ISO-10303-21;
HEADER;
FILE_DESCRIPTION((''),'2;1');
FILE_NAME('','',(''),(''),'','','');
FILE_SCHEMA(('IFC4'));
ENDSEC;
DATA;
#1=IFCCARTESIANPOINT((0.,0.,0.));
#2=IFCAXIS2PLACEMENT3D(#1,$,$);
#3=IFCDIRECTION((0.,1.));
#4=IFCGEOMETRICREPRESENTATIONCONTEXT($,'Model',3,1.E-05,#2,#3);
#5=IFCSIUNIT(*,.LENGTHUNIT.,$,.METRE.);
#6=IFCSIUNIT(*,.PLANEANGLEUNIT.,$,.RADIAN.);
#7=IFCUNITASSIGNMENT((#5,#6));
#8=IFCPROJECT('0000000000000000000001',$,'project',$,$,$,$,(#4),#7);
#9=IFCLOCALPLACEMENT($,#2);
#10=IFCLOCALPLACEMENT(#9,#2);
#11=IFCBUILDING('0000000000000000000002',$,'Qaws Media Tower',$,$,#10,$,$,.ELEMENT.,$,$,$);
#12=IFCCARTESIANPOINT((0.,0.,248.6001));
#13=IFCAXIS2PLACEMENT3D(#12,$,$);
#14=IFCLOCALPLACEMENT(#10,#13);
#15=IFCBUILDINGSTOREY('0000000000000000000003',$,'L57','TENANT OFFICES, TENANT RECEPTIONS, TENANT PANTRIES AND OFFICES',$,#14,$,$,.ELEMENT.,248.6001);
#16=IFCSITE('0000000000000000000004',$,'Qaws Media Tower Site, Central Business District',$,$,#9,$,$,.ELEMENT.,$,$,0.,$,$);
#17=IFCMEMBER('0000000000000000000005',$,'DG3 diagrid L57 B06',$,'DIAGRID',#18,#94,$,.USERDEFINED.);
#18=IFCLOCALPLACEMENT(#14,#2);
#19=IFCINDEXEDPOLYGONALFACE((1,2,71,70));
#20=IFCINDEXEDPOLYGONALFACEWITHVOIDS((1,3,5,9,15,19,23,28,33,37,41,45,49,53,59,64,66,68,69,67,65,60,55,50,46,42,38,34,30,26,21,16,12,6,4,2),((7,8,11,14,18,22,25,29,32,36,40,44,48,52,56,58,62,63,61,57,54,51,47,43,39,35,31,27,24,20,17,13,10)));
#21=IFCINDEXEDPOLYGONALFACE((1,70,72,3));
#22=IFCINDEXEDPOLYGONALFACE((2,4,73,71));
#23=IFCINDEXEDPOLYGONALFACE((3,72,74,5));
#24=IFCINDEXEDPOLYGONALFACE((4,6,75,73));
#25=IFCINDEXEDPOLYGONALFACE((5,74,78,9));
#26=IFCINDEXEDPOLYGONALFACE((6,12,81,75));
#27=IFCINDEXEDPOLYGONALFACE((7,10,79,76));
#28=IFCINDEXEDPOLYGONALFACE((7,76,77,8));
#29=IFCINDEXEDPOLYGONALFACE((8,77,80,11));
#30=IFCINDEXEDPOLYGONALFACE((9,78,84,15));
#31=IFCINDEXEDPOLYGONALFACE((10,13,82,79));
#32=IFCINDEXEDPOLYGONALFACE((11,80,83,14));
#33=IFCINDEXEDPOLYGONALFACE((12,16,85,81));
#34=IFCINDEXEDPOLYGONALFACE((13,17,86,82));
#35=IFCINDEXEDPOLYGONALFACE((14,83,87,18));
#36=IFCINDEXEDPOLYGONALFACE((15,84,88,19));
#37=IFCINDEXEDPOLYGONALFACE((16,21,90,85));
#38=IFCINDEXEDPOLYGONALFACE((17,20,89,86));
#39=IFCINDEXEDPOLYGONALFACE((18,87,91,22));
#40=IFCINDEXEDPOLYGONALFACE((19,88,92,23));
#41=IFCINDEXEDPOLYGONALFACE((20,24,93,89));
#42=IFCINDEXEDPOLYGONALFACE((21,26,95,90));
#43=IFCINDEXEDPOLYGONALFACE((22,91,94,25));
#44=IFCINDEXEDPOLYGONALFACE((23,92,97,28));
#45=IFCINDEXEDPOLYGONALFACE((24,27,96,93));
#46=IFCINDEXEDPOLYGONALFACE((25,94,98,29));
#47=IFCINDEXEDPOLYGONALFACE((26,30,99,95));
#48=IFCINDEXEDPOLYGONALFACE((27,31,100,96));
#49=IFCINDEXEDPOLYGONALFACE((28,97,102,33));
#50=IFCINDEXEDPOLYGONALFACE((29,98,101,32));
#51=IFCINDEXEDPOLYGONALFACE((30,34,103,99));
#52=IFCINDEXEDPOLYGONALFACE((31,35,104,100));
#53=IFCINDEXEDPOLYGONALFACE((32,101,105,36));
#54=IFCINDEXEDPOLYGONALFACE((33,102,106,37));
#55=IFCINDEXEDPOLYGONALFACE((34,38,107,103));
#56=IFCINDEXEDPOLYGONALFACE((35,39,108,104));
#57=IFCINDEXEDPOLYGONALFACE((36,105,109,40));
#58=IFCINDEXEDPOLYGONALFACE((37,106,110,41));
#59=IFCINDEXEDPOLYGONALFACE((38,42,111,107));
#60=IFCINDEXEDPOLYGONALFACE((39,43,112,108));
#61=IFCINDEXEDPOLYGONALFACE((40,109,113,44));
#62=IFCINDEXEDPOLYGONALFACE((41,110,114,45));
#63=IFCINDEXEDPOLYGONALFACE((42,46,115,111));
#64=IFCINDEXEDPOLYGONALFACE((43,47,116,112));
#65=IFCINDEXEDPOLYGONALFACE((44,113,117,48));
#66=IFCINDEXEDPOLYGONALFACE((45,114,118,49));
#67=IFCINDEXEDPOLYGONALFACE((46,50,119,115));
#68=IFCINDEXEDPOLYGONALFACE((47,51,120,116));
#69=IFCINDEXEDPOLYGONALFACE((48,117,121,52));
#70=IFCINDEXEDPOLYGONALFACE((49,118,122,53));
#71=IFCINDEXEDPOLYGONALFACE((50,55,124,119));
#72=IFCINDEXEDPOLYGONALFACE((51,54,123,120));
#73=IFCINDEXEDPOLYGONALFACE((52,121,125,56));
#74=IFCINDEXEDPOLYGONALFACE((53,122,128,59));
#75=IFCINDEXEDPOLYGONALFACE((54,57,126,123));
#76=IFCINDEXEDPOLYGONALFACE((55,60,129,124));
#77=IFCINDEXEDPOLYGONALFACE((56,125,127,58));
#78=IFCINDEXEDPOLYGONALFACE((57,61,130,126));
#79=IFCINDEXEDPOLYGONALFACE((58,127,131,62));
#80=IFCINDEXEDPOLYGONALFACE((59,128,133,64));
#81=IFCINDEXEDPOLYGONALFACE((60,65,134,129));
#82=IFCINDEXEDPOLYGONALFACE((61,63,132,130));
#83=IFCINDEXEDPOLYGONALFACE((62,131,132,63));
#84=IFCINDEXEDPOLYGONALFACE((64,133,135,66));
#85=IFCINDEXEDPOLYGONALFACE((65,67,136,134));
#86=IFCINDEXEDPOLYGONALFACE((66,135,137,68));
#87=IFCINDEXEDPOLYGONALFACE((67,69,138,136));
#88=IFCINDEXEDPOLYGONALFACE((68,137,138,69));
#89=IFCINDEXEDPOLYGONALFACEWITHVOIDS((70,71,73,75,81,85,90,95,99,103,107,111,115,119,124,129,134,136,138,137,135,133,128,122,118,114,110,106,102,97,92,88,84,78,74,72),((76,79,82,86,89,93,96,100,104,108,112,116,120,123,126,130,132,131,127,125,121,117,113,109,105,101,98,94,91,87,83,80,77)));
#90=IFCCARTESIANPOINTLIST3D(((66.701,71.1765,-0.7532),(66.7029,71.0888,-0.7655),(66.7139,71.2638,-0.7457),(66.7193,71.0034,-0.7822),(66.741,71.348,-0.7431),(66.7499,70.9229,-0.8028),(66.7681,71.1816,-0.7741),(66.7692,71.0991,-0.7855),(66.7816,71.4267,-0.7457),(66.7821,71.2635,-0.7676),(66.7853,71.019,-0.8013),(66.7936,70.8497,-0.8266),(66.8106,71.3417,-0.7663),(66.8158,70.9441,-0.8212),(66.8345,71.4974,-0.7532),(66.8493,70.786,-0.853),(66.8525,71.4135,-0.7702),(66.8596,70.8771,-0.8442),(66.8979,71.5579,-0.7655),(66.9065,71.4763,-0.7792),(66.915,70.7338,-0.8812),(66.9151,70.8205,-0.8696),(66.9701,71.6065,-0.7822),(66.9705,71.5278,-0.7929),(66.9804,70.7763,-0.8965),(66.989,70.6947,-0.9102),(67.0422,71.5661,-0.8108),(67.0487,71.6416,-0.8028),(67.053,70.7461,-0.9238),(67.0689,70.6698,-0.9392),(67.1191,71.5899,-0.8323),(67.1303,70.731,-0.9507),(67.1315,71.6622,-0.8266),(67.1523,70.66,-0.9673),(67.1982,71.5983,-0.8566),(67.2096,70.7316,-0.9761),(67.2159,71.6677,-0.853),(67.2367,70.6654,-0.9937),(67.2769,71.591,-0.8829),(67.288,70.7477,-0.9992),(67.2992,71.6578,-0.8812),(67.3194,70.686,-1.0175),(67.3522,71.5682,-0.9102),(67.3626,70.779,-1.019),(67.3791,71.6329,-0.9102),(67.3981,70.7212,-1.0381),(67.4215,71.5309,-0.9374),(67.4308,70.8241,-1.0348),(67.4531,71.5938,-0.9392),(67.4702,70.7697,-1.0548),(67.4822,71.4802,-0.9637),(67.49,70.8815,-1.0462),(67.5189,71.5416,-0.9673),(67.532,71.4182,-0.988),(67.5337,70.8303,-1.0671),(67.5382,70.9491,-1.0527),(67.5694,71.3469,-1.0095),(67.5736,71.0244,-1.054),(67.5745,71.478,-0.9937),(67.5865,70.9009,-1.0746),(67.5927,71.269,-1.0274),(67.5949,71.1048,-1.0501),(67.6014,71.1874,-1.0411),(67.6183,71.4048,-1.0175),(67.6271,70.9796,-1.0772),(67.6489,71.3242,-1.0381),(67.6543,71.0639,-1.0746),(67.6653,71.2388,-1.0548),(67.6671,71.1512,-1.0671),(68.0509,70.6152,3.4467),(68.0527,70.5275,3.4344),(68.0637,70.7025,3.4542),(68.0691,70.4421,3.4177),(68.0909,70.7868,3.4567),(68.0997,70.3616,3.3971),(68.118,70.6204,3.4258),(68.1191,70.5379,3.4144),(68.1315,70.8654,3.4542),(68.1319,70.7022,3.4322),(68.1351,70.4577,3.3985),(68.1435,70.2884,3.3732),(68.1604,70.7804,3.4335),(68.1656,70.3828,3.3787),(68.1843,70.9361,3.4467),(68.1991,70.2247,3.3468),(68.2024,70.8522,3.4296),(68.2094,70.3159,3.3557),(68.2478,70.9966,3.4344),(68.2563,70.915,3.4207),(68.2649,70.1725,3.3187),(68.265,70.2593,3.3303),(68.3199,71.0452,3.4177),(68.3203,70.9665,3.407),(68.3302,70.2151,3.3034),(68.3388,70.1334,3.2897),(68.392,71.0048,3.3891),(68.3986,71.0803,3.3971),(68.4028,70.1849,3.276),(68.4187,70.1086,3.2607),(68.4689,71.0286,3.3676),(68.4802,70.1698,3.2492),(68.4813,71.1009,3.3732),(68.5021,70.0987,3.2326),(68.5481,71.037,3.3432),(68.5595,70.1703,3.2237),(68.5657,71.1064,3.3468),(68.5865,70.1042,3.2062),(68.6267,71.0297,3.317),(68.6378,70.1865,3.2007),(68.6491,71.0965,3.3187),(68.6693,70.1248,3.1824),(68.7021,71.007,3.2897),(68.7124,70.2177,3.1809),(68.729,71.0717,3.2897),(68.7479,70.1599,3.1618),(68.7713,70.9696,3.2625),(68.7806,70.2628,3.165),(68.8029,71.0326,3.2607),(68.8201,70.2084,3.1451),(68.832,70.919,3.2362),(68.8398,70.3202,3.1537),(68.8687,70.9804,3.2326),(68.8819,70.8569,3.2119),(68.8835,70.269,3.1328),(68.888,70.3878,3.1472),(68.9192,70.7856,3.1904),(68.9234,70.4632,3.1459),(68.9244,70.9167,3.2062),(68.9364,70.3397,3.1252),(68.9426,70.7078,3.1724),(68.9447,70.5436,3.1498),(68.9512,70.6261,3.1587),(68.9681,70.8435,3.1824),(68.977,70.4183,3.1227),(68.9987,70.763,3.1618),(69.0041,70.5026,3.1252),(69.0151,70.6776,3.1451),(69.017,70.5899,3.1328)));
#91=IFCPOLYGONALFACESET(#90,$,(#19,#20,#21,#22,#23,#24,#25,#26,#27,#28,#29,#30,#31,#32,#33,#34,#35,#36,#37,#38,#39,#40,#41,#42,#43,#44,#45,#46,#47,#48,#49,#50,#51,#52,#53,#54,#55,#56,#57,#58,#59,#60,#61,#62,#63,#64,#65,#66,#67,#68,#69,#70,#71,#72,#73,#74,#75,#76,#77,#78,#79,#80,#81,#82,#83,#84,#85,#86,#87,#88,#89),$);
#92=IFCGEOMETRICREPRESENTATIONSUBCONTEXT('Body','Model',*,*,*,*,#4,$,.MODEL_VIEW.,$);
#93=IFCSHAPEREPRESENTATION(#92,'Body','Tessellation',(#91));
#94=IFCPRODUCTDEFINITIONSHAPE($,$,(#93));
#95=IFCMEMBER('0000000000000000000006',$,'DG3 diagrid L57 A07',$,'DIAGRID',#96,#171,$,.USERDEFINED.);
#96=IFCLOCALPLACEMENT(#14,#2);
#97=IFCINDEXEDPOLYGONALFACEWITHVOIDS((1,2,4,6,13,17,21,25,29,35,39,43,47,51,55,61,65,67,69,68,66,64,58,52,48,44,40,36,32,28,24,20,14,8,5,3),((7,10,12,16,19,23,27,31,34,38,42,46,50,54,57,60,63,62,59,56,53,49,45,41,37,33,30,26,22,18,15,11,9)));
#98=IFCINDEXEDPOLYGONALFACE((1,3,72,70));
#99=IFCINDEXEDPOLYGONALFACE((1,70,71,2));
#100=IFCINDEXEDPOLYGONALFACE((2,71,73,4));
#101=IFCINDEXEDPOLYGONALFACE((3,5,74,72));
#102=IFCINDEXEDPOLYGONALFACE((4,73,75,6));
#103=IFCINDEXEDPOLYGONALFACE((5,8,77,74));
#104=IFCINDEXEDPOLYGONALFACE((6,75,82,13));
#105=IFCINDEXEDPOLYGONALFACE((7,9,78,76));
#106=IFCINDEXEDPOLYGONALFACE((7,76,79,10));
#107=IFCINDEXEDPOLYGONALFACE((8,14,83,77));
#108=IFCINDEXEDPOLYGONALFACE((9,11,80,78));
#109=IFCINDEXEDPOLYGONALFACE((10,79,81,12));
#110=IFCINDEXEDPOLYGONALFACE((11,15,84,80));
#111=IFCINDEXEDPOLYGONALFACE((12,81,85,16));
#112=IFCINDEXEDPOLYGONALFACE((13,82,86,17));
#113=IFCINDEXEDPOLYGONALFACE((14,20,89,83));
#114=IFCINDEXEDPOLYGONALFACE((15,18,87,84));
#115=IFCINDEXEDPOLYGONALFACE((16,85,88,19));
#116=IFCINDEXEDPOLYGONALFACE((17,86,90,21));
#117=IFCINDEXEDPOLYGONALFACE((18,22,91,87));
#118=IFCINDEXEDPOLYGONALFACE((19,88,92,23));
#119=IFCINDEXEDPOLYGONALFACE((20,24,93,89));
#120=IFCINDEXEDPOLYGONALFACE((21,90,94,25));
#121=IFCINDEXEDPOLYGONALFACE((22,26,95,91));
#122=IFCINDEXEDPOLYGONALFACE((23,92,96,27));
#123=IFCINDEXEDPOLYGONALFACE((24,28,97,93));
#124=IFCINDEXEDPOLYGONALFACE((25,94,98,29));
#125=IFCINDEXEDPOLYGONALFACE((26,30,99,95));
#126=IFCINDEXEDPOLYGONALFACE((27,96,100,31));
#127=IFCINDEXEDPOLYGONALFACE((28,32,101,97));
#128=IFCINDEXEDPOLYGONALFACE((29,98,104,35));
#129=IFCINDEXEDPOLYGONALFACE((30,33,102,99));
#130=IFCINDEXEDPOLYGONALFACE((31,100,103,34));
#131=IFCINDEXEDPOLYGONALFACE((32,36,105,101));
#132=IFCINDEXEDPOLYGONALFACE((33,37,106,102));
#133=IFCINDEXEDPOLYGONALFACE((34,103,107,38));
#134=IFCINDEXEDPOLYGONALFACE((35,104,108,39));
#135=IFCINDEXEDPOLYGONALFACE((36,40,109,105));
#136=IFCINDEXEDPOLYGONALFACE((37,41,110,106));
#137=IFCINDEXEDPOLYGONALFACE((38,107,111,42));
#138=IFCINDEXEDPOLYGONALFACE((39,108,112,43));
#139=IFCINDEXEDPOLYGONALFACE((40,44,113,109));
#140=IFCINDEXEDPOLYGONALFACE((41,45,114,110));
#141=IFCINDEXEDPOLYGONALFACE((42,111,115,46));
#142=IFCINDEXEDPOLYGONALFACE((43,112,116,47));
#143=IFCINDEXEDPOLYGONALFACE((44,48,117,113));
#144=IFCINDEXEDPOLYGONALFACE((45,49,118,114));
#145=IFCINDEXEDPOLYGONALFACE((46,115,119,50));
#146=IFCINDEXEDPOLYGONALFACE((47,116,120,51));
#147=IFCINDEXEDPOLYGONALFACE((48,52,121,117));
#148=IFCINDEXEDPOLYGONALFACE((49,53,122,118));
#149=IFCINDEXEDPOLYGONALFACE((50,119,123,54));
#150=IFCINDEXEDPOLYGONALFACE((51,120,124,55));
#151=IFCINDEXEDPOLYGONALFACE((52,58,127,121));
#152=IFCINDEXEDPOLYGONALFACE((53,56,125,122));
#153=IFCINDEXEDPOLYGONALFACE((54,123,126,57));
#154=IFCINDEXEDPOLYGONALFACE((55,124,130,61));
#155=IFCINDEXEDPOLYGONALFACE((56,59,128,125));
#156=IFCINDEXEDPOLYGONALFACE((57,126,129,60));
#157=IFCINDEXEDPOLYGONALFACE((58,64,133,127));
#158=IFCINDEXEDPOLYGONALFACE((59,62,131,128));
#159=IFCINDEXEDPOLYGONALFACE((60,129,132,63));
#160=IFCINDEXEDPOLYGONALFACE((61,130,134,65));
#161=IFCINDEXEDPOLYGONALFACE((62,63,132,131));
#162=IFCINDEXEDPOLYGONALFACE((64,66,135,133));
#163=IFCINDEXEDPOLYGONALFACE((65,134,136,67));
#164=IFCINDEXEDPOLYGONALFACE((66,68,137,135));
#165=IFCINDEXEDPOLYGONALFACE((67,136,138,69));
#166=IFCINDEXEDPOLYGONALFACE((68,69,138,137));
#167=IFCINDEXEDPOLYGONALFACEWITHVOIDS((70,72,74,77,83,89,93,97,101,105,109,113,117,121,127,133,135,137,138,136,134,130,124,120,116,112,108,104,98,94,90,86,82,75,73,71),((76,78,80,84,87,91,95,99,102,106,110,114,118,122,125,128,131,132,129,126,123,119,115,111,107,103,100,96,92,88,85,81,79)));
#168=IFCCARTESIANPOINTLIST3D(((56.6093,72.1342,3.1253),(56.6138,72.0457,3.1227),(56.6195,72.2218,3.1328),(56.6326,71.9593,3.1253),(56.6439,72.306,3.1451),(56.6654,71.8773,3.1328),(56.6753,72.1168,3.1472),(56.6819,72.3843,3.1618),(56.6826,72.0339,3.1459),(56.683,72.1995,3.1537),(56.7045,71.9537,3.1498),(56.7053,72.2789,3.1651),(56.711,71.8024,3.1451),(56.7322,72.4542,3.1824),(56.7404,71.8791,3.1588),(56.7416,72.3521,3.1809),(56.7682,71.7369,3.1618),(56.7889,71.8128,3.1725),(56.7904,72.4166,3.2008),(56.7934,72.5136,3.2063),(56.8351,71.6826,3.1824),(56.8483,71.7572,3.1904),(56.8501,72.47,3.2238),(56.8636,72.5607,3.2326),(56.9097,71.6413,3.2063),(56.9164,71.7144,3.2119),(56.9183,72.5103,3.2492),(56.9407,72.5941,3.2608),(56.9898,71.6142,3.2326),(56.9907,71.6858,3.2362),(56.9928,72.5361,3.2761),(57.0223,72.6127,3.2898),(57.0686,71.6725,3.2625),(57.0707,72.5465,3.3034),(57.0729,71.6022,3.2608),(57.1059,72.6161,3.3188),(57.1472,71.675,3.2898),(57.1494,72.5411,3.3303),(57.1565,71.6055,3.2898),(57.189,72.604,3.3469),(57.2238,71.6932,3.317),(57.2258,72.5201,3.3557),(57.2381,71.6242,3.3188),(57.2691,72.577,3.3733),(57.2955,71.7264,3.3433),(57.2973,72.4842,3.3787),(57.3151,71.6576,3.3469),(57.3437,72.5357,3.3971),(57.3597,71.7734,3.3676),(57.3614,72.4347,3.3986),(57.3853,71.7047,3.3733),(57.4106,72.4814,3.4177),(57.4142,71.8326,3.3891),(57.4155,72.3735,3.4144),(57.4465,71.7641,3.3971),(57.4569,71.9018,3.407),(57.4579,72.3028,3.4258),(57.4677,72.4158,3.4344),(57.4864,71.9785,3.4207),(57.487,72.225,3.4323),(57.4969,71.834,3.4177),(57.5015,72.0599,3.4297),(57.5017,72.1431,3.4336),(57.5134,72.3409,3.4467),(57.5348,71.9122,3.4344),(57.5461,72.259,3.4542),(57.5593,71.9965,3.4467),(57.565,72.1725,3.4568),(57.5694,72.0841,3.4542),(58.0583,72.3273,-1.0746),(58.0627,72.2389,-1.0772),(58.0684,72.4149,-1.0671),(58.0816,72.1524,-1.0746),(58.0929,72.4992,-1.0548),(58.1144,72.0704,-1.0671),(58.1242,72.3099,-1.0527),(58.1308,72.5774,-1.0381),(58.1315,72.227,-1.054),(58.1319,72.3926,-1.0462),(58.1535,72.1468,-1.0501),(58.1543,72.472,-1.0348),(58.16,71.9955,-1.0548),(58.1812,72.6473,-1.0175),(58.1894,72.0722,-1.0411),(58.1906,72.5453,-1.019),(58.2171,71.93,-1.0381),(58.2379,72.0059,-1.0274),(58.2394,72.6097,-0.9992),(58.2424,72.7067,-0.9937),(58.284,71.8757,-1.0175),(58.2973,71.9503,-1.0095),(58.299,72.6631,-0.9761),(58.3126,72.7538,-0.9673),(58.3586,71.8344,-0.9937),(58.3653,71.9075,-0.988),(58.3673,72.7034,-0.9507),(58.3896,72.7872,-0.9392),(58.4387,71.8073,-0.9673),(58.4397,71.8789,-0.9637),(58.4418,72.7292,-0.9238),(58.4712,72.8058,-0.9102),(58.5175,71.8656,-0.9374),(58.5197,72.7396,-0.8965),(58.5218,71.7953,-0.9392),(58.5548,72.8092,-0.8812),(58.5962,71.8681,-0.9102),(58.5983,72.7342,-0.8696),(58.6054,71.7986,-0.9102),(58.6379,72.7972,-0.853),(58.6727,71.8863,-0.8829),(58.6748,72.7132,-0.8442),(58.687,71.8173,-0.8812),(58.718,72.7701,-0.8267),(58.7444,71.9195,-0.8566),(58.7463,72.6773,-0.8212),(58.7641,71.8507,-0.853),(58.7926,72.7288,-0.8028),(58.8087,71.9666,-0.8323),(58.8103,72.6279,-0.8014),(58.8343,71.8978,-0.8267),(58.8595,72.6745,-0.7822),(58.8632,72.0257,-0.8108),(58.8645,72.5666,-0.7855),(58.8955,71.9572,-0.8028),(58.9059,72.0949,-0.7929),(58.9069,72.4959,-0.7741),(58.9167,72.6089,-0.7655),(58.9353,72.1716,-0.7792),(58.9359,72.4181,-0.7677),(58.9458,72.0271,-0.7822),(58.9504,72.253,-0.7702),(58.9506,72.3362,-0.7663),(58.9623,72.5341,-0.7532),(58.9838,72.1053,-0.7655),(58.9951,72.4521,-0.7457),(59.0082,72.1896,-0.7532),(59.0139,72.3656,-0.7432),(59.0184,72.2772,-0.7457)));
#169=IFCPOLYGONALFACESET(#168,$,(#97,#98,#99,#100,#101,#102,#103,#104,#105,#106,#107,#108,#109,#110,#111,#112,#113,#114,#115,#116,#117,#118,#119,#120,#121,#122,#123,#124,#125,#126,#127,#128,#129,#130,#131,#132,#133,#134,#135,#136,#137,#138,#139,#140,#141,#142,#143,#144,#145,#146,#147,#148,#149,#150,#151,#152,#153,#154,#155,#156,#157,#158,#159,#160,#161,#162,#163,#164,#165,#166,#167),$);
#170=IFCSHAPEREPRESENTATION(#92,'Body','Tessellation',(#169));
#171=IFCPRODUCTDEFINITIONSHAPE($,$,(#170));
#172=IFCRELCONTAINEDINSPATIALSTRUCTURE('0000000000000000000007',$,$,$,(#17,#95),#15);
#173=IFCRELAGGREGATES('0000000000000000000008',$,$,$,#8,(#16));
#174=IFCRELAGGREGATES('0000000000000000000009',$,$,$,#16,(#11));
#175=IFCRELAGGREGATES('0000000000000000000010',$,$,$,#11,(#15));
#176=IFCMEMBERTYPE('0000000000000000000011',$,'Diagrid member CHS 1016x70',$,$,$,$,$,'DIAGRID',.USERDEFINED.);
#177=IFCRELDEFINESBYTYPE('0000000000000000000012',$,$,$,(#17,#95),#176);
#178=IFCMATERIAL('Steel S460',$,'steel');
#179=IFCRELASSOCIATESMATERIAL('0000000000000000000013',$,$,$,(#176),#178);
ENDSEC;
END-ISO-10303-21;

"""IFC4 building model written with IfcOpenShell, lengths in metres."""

from ifc_helpers import new_model, si_unit, direction, frame, origin, origin_2d, place, context, subcontext, project, spatial, hollow_circle, extrude, material, material_profile, profile_set, type_object, element, save


model = new_model("IFC4")

# Units and contexts
model_context = context("Model", 3, precision=1e-05, world=origin(), true_north=direction((0.0, 1.0)))
body_context = subcontext(model_context, "Body", "Model", "MODEL_VIEW")
ifc_project = project(units=[si_unit("LENGTHUNIT", "METRE"), si_unit("PLANEANGLEUNIT", "RADIAN")], contexts=[model_context])

# Site, building, storey
site_placement = place(None, origin())
site = spatial("IfcSite", under=ifc_project, at=site_placement, Name="Qaws Media Tower Site, Central Business District", CompositionType="ELEMENT", RefElevation=0.0)
building_placement = place(site_placement, origin())
building = spatial("IfcBuilding", under=site, at=building_placement, Name="Qaws Media Tower", CompositionType="ELEMENT")
storey_placement = place(building_placement, frame((0.0, 0.0, 248.6001)))
storey = spatial("IfcBuildingStorey", under=building, at=storey_placement, Name="L57", Description="TENANT OFFICES, TENANT RECEPTIONS, TENANT PANTRIES AND OFFICES", CompositionType="ELEMENT", Elevation=248.6001)

# Members
ifc_material_1 = material(Name="Steel S460", Category="steel")
ifc_material_profile_1 = material_profile(ifc_material_1, hollow_circle(Radius=0.5081, WallThickness=0.0701, at=origin_2d()), Name="CHS 1016x70")
ifc_profile_set_1 = profile_set([ifc_material_profile_1], Name="Steel S460")
member_type_1 = type_object("IfcMemberType", Name="Diagrid member CHS 1016x70", ElementType="DIAGRID", PredefinedType="USERDEFINED", material=ifc_profile_set_1)
for number, where, z_axis, x_axis, name in (
    (1, (67.1841, 71.1638, -0.9102), (0.303535, -0.126212, 0.944424), (0.383939, 0.923358, 0.0), "DG3 diagrid L57 B06"),
    (2, (58.5383, 72.3022, -0.9102), (-0.325827, -0.043425, 0.944432), (0.132109, -0.991235, 0.0), "DG3 diagrid L57 A07"),
):
    element("IfcMember", number, at=place(storey_placement, frame(where, z_axis=z_axis, x_axis=x_axis)), inside=storey, type_object=member_type_1, Name=name, ObjectType="DIAGRID", PredefinedType="USERDEFINED", context=body_context, shape_type="SweptSolid", body=[
        extrude(hollow_circle(Radius=0.5081, WallThickness=0.0701, at=origin_2d()), origin(), (0.0, 0.0, 1.0), 4.447),
    ])

save(model, "model.ifc")
